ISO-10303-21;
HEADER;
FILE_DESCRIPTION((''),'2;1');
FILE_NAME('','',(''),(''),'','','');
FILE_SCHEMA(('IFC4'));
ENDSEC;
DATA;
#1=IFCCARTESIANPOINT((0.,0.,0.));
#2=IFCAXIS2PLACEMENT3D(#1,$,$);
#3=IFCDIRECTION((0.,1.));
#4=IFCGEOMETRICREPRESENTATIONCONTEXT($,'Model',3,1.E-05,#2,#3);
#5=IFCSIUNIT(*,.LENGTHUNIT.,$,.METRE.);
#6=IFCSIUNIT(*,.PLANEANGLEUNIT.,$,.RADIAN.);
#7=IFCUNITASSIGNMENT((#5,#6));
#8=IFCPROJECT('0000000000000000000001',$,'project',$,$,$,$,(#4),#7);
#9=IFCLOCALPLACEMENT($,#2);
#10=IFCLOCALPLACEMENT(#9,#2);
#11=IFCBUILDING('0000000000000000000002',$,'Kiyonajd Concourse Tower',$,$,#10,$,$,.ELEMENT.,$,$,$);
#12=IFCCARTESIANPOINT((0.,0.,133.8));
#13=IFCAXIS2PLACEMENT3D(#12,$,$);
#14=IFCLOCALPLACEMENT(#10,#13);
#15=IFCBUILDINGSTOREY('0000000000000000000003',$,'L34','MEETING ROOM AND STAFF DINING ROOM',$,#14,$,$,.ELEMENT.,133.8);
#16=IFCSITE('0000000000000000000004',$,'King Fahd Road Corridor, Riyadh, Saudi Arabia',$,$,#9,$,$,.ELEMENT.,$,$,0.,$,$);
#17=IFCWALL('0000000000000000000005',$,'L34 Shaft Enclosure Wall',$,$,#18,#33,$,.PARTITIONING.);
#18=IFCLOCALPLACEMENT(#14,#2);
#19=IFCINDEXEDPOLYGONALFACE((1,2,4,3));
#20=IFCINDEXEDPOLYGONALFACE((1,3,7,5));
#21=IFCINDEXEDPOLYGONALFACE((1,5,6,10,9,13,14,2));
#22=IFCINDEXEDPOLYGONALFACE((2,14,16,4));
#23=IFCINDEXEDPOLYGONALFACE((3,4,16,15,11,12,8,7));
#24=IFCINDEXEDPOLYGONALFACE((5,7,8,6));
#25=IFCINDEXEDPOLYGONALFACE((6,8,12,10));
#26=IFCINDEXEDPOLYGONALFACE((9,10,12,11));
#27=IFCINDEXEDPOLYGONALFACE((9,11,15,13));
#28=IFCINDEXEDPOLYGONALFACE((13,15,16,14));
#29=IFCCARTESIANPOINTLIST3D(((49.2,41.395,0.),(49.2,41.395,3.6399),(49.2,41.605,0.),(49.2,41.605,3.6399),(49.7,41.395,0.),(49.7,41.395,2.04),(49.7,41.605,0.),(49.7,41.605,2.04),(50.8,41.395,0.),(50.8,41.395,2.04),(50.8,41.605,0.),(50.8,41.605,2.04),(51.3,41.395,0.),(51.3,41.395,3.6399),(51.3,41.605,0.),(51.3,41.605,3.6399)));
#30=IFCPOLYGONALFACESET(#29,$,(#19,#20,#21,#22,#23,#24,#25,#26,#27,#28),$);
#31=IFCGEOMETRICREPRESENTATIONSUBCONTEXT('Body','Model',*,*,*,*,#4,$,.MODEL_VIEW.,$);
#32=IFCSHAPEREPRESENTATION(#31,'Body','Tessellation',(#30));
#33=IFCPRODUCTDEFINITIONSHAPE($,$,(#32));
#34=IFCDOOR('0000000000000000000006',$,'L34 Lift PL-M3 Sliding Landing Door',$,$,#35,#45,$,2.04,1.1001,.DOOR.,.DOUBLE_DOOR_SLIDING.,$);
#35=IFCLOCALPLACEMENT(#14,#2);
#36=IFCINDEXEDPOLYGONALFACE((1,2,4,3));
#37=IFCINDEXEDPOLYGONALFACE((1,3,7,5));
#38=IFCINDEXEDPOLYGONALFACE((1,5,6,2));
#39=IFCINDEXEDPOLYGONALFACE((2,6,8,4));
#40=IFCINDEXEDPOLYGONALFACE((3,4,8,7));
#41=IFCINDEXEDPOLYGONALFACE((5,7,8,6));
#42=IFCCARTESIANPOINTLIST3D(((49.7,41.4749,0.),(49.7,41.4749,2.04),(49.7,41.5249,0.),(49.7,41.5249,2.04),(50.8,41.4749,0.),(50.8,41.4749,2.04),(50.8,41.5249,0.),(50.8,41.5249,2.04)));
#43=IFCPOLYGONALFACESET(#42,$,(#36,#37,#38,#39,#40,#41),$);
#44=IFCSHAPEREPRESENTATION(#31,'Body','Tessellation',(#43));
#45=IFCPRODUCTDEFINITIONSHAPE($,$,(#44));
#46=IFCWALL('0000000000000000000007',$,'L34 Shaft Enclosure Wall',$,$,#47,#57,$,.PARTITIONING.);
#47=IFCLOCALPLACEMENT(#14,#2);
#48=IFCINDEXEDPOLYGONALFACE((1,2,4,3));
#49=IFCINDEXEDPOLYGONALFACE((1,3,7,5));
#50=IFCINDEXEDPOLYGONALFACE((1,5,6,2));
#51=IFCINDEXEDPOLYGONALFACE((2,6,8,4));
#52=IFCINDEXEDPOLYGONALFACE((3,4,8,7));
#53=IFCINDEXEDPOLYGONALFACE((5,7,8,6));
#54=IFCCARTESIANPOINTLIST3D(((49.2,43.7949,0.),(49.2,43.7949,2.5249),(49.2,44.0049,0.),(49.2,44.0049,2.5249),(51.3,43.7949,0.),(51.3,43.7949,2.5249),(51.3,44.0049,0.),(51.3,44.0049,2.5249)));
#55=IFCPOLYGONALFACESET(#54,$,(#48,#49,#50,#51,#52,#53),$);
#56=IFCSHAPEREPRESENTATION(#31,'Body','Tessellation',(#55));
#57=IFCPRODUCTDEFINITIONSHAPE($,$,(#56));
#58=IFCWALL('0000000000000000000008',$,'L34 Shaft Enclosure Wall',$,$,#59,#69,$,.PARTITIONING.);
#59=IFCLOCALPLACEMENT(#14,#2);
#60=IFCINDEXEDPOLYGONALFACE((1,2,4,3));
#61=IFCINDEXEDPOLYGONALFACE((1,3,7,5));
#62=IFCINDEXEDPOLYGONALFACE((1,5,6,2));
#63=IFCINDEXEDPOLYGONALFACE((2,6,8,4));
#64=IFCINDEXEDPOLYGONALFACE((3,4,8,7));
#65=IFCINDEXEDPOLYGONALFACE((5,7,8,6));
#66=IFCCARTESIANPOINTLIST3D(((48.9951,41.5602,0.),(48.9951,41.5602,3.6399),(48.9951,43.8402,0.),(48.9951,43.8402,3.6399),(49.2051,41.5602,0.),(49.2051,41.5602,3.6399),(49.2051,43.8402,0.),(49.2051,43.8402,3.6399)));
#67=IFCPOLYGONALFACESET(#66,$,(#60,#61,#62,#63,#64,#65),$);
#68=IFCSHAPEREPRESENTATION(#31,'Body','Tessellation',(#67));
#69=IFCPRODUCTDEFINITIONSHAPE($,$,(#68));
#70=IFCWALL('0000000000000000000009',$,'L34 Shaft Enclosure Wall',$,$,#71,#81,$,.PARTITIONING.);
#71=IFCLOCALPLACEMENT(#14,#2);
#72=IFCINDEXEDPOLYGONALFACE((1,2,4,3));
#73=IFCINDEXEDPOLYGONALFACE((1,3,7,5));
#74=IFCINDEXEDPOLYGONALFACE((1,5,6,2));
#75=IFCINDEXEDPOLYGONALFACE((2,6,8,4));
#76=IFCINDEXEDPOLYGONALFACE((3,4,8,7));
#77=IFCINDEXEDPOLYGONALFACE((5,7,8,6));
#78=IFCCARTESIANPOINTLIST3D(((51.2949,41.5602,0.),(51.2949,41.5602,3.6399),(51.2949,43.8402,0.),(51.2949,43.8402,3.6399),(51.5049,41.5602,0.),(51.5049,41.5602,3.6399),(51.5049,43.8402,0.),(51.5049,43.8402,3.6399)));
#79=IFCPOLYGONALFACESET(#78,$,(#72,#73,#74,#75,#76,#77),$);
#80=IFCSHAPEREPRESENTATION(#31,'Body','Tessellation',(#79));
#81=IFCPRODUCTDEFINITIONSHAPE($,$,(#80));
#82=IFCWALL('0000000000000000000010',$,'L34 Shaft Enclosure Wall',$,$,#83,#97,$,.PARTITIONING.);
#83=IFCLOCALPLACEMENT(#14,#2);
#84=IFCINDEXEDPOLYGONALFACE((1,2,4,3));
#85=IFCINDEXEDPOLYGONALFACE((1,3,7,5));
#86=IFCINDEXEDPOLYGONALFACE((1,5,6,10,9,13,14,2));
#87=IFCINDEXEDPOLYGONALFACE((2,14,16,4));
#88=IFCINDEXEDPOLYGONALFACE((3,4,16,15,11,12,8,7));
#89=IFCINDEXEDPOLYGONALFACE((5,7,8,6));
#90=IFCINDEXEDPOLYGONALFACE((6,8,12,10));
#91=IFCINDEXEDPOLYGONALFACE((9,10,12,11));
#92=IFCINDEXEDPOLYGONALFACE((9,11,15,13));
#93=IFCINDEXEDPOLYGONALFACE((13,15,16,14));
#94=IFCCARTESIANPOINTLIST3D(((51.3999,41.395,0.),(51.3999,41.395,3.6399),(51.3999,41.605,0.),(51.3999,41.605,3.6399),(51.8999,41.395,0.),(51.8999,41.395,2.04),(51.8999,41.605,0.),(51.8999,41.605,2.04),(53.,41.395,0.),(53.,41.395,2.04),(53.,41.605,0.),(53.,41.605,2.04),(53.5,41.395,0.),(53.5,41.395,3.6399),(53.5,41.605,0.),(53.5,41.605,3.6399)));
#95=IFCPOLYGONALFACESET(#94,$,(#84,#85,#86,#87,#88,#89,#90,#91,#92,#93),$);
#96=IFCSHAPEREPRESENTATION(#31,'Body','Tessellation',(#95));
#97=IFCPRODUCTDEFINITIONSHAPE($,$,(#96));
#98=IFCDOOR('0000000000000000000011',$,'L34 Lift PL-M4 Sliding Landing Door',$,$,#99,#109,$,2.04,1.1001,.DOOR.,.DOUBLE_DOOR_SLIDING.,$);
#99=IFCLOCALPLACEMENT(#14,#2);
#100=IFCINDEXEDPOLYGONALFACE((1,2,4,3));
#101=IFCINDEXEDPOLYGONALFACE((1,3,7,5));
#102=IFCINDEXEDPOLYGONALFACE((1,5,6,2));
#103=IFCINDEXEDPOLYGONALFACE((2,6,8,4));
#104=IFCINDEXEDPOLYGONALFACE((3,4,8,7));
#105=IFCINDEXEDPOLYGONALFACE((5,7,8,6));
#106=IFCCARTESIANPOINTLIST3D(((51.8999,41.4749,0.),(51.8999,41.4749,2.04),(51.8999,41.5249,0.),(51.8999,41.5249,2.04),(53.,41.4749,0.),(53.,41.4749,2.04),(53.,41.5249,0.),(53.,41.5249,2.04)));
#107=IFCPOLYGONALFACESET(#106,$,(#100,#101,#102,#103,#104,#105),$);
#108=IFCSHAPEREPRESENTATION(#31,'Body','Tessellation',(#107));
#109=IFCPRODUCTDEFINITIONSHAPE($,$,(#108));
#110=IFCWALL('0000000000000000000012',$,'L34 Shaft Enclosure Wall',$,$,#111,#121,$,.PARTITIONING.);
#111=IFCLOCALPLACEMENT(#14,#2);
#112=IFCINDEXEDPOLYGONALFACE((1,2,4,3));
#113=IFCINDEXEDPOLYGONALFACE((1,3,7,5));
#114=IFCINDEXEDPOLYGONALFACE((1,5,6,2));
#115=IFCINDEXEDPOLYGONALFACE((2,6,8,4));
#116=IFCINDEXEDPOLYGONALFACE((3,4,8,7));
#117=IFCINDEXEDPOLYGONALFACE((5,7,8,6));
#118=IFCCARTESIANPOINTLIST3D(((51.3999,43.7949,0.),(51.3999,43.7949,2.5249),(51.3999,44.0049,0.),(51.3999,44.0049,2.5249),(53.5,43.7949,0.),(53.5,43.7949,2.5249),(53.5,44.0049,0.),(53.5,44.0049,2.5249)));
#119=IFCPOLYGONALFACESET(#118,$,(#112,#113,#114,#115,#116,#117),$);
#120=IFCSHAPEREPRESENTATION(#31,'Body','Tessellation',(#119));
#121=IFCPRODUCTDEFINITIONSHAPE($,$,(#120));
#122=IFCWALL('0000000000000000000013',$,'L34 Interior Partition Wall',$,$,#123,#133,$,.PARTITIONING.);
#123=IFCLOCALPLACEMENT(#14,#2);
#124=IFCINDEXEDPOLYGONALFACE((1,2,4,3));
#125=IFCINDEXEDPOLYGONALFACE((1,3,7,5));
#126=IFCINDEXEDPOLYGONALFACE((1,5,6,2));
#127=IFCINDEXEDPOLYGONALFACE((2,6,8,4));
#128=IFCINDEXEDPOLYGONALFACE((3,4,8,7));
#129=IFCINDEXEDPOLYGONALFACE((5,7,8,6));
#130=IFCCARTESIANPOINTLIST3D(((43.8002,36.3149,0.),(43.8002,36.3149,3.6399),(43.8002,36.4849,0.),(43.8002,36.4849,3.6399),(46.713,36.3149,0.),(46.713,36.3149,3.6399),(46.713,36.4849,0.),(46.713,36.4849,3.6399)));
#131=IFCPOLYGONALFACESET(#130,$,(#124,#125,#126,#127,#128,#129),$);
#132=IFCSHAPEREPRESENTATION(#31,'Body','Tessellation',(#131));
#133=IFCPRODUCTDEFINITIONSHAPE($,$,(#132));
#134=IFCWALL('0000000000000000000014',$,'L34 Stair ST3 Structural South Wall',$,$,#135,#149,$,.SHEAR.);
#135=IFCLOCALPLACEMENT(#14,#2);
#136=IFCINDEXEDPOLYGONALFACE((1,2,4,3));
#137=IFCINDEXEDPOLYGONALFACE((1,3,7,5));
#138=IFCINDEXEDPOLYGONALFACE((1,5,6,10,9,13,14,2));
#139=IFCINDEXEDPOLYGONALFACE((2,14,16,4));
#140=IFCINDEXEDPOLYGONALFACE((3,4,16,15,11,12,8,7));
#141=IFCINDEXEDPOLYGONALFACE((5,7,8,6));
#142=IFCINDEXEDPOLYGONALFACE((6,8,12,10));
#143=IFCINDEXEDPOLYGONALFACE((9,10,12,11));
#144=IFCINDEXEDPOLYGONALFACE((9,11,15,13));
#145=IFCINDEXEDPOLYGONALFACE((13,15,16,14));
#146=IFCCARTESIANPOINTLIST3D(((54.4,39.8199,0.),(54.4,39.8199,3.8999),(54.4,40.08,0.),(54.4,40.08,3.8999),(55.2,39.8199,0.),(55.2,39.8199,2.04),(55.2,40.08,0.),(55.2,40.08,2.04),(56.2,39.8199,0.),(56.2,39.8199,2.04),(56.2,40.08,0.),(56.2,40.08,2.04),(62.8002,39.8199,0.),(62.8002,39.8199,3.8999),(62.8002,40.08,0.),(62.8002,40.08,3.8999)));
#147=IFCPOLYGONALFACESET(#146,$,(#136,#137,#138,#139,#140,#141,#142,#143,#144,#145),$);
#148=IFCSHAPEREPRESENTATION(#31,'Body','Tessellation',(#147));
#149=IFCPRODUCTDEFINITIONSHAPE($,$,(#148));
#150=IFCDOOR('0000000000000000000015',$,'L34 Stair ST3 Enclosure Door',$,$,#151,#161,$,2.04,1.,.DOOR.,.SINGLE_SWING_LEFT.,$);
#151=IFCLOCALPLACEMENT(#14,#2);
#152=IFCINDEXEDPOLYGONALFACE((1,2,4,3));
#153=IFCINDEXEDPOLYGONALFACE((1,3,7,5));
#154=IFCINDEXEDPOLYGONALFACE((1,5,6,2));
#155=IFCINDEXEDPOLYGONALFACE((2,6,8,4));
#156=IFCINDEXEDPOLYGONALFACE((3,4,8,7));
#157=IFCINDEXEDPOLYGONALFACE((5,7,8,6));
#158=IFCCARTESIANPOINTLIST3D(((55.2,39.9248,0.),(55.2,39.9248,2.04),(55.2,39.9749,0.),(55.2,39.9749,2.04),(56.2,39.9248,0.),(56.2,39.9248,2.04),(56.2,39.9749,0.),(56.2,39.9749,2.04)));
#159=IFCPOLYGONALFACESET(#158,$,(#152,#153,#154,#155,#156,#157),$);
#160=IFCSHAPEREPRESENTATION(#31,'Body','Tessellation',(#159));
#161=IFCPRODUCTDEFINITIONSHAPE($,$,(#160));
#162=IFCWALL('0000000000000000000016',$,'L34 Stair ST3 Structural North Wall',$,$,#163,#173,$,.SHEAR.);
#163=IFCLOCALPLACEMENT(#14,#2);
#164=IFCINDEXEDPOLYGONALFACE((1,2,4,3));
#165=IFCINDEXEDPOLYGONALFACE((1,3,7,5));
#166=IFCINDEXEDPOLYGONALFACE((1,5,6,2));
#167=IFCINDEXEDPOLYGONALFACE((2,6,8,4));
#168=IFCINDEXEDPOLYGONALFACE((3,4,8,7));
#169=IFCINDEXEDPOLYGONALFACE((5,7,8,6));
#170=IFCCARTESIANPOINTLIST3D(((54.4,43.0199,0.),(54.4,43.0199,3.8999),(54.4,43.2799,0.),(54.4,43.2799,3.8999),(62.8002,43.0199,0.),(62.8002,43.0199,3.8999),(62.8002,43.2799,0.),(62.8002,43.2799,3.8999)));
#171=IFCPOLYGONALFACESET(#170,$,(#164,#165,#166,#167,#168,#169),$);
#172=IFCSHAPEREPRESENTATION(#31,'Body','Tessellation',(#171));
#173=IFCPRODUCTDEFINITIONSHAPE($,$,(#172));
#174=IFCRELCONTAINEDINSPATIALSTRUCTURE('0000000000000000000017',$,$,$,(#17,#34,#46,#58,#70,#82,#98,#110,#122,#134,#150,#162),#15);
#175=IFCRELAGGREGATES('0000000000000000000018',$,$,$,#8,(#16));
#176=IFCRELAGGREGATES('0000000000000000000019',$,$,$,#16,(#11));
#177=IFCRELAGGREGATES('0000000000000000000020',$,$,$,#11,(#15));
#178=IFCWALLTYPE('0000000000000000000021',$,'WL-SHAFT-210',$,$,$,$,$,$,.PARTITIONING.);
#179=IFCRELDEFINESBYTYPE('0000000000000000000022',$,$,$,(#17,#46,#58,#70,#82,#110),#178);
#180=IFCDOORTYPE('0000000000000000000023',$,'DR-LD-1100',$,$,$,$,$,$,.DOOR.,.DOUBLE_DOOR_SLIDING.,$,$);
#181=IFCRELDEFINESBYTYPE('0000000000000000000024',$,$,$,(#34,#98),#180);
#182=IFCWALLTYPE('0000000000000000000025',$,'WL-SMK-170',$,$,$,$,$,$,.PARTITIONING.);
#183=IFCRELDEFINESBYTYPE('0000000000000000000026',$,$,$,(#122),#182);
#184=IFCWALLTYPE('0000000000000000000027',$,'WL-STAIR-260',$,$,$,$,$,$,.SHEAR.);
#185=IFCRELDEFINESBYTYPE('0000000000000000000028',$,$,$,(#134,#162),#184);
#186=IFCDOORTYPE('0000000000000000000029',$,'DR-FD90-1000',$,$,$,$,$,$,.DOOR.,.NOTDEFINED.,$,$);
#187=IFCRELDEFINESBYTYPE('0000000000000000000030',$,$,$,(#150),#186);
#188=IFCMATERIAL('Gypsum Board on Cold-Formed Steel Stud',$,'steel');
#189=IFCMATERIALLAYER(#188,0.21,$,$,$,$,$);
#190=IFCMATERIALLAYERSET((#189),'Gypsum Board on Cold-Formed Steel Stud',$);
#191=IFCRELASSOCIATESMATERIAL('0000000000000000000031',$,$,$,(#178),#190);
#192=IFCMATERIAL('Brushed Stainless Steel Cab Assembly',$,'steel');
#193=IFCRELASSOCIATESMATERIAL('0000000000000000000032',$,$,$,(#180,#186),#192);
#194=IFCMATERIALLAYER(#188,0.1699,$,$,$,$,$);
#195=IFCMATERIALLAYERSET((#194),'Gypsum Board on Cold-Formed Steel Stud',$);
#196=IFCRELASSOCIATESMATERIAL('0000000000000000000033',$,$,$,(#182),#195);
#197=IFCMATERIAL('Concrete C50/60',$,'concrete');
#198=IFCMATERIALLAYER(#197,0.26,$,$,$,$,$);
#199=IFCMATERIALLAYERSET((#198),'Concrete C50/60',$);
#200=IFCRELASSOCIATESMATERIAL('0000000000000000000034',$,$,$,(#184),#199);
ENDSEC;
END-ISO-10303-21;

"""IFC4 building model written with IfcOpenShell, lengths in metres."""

from ifc_helpers import new_model, si_unit, direction, frame, frame_2d, origin, place, context, subcontext, project, spatial, rectangle, extrude, material, layer, layer_set, type_object, element, fill, save


model = new_model("IFC4")

# Units and contexts
model_context = context("Model", 3, precision=1e-05, world=origin(), true_north=direction((0.0, 1.0)))
body_context = subcontext(model_context, "Body", "Model", "MODEL_VIEW")
ifc_project = project(units=[si_unit("LENGTHUNIT", "METRE"), si_unit("PLANEANGLEUNIT", "RADIAN")], contexts=[model_context])

# Site, building, storey
site_placement = place(None, origin())
site = spatial("IfcSite", under=ifc_project, at=site_placement, Name="King Fahd Road Corridor, Riyadh, Saudi Arabia", CompositionType="ELEMENT", RefElevation=0.0)
building_placement = place(site_placement, origin())
building = spatial("IfcBuilding", under=site, at=building_placement, Name="Kiyonajd Concourse Tower", CompositionType="ELEMENT")
storey_placement = place(building_placement, frame((0.0, 0.0, 133.8)))
storey = spatial("IfcBuildingStorey", under=building, at=storey_placement, Name="L34", Description="MEETING ROOM AND STAFF DINING ROOM", CompositionType="ELEMENT", Elevation=133.8)

# Shared definitions
ifc_material_1 = material(Name="Concrete C50/60", Category="concrete")

# Shared definitions
ifc_material_2 = material(Name="Gypsum Board on Cold-Formed Steel Stud", Category="steel")
ifc_layer_1 = layer(ifc_material_2, 0.21)
ifc_layer_set_1 = layer_set([ifc_layer_1], Name="Gypsum Board on Cold-Formed Steel Stud")
wall_type_1 = type_object("IfcWallType", Name="WL-SHAFT-210", PredefinedType="PARTITIONING", material=ifc_layer_set_1)

# Shared definitions
ifc_material_3 = material(Name="Brushed Stainless Steel Cab Assembly", Category="steel")
door_type_1 = type_object("IfcDoorType", Name="DR-LD-1100", OperationType="DOUBLE_DOOR_SLIDING", PredefinedType="DOOR", material=ifc_material_3)

# Wall, opening, door
wall_1_placement = place(storey_placement, frame((49.2, 41.5, 0.0), z_axis=(0.0, 0.0, 1.0), x_axis=(1.0, 0.0, 0.0)))
wall_1 = element("IfcWall", 1, at=wall_1_placement, inside=storey, type_object=wall_type_1, Name="L34 Shaft Enclosure Wall", PredefinedType="PARTITIONING", context=body_context, shape_type="SweptSolid", body=[
    extrude(rectangle(XDim=2.1001, YDim=0.21, at=frame_2d((1.05, 0.0))), origin(), (0.0, 0.0, 1.0), 3.6399),
])
opening_1_placement = place(wall_1_placement, frame((0.5, 0.0, 0.0)))
opening_1 = element("IfcOpeningElement", 2, at=opening_1_placement, cuts=wall_1, PredefinedType="OPENING", context=body_context, shape_type="SweptSolid", body=[
    extrude(rectangle(XDim=1.1001, YDim=2.04, at=frame_2d((0.55, 1.02))), frame((0.0, 0.115, 0.0), z_axis=(0.0, -1.0, 0.0), x_axis=(1.0, 0.0, 0.0)), (0.0, 0.0, 1.0), 0.23),
])
door_1_placement = place(opening_1_placement, origin())
door_1 = element("IfcDoor", 3, at=door_1_placement, inside=storey, type_object=door_type_1, Name="L34 Lift PL-M3 Sliding Landing Door", OperationType="DOUBLE_DOOR_SLIDING", OverallHeight=2.04, OverallWidth=1.1001, PredefinedType="DOOR", context=body_context, shape_type="SweptSolid", body=[
    extrude(rectangle(XDim=1.1001, YDim=2.04, at=frame_2d((0.55, 1.02))), frame((0.0, 0.0249, 0.0), z_axis=(0.0, -1.0, 0.0), x_axis=(1.0, 0.0, 0.0)), (0.0, 0.0, 1.0), 0.05),
])
fill(opening_1, door_1)

# Walls
wall_2_placement = place(storey_placement, frame((49.2, 43.8999, 0.0), z_axis=(0.0, 0.0, 1.0), x_axis=(1.0, 0.0, 0.0)))
element("IfcWall", 4, at=wall_2_placement, inside=storey, type_object=wall_type_1, Name="L34 Shaft Enclosure Wall", PredefinedType="PARTITIONING", context=body_context, shape_type="SweptSolid", body=[
    extrude(rectangle(XDim=2.1001, YDim=0.21, at=frame_2d((1.05, 0.0))), origin(), (0.0, 0.0, 1.0), 2.5249),
])
for number, where, z_axis, x_axis, name in (
    (5, (49.1001, 41.5601, 0.0), (0.0, 0.0, 1.0), (0.0, 1.0, 0.0), "L34 Shaft Enclosure Wall"),
    (6, (51.3999, 41.5601, 0.0), (0.0, 0.0, 1.0), (0.0, 1.0, 0.0), "L34 Shaft Enclosure Wall"),
):
    element("IfcWall", number, at=place(storey_placement, frame(where, z_axis=z_axis, x_axis=x_axis)), inside=storey, type_object=wall_type_1, Name=name, PredefinedType="PARTITIONING", context=body_context, shape_type="SweptSolid", body=[
        extrude(rectangle(XDim=2.28, YDim=0.21, at=frame_2d((1.1401, 0.0))), origin(), (0.0, 0.0, 1.0), 3.6399),
    ])

# Wall, opening, door
wall_3_placement = place(storey_placement, frame((51.3999, 41.5, 0.0), z_axis=(0.0, 0.0, 1.0), x_axis=(1.0, 0.0, 0.0)))
wall_3 = element("IfcWall", 7, at=wall_3_placement, inside=storey, type_object=wall_type_1, Name="L34 Shaft Enclosure Wall", PredefinedType="PARTITIONING", context=body_context, shape_type="SweptSolid", body=[
    extrude(rectangle(XDim=2.1001, YDim=0.21, at=frame_2d((1.05, 0.0))), origin(), (0.0, 0.0, 1.0), 3.6399),
])
opening_2_placement = place(wall_3_placement, frame((0.5, 0.0, 0.0)))
opening_2 = element("IfcOpeningElement", 8, at=opening_2_placement, cuts=wall_3, PredefinedType="OPENING", context=body_context, shape_type="SweptSolid", body=[
    extrude(rectangle(XDim=1.1001, YDim=2.04, at=frame_2d((0.55, 1.02))), frame((0.0, 0.115, 0.0), z_axis=(0.0, -1.0, 0.0), x_axis=(1.0, 0.0, 0.0)), (0.0, 0.0, 1.0), 0.23),
])
door_2_placement = place(opening_2_placement, origin())
door_2 = element("IfcDoor", 9, at=door_2_placement, inside=storey, type_object=door_type_1, Name="L34 Lift PL-M4 Sliding Landing Door", OperationType="DOUBLE_DOOR_SLIDING", OverallHeight=2.04, OverallWidth=1.1001, PredefinedType="DOOR", context=body_context, shape_type="SweptSolid", body=[
    extrude(rectangle(XDim=1.1001, YDim=2.04, at=frame_2d((0.55, 1.02))), frame((0.0, 0.0249, 0.0), z_axis=(0.0, -1.0, 0.0), x_axis=(1.0, 0.0, 0.0)), (0.0, 0.0, 1.0), 0.05),
])
fill(opening_2, door_2)

# Walls
wall_4_placement = place(storey_placement, frame((51.3999, 43.8999, 0.0), z_axis=(0.0, 0.0, 1.0), x_axis=(1.0, 0.0, 0.0)))
element("IfcWall", 10, at=wall_4_placement, inside=storey, type_object=wall_type_1, Name="L34 Shaft Enclosure Wall", PredefinedType="PARTITIONING", context=body_context, shape_type="SweptSolid", body=[
    extrude(rectangle(XDim=2.1001, YDim=0.21, at=frame_2d((1.05, 0.0))), origin(), (0.0, 0.0, 1.0), 2.5249),
])
ifc_layer_2 = layer(ifc_material_2, 0.1699)
ifc_layer_set_2 = layer_set([ifc_layer_2], Name="Gypsum Board on Cold-Formed Steel Stud")
wall_type_2 = type_object("IfcWallType", Name="WL-SMK-170", PredefinedType="PARTITIONING", material=ifc_layer_set_2)
wall_5_placement = place(storey_placement, frame((43.8, 36.3999, 0.0), z_axis=(0.0, 0.0, 1.0), x_axis=(1.0, 0.0, 0.0)))
element("IfcWall", 11, at=wall_5_placement, inside=storey, type_object=wall_type_2, Name="L34 Interior Partition Wall", PredefinedType="PARTITIONING", context=body_context, shape_type="SweptSolid", body=[
    extrude(rectangle(XDim=2.9128, YDim=0.1699, at=frame_2d((1.4565, 0.0))), origin(), (0.0, 0.0, 1.0), 3.6399),
])

# Wall, opening, door
ifc_layer_3 = layer(ifc_material_1, 0.26)
ifc_layer_set_3 = layer_set([ifc_layer_3], Name="Concrete C50/60")
wall_type_3 = type_object("IfcWallType", Name="WL-STAIR-260", PredefinedType="SHEAR", material=ifc_layer_set_3)
wall_6_placement = place(storey_placement, frame((54.3999, 39.95, 0.0), z_axis=(0.0, 0.0, 1.0), x_axis=(1.0, 0.0, 0.0)))
wall_6 = element("IfcWall", 12, at=wall_6_placement, inside=storey, type_object=wall_type_3, Name="L34 Stair ST3 Structural South Wall", PredefinedType="SHEAR", context=body_context, shape_type="SweptSolid", body=[
    extrude(rectangle(XDim=8.4001, YDim=0.26, at=frame_2d((4.2002, 0.0))), origin(), (0.0, 0.0, 1.0), 3.8999),
])
opening_3_placement = place(wall_6_placement, frame((0.8, 0.0, 0.0)))
opening_3 = element("IfcOpeningElement", 13, at=opening_3_placement, cuts=wall_6, PredefinedType="OPENING", context=body_context, shape_type="SweptSolid", body=[
    extrude(rectangle(XDim=1.0, YDim=2.04, at=frame_2d((0.5, 1.02))), frame((0.0, 0.1399, 0.0), z_axis=(0.0, -1.0, 0.0), x_axis=(1.0, 0.0, 0.0)), (0.0, 0.0, 1.0), 0.28),
])
door_type_2 = type_object("IfcDoorType", Name="DR-FD90-1000", OperationType="NOTDEFINED", PredefinedType="DOOR", material=ifc_material_3)
door_3_placement = place(opening_3_placement, origin())
door_3 = element("IfcDoor", 14, at=door_3_placement, inside=storey, type_object=door_type_2, Name="L34 Stair ST3 Enclosure Door", OperationType="SINGLE_SWING_LEFT", OverallHeight=2.04, OverallWidth=1.0, PredefinedType="DOOR", context=body_context, shape_type="SweptSolid", body=[
    extrude(rectangle(XDim=1.0, YDim=2.04, at=frame_2d((0.5, 1.02))), frame((0.0, 0.0249, 0.0), z_axis=(0.0, -1.0, 0.0), x_axis=(1.0, 0.0, 0.0)), (0.0, 0.0, 1.0), 0.05),
])
fill(opening_3, door_3)

# Wall
wall_7_placement = place(storey_placement, frame((54.3999, 43.1499, 0.0), z_axis=(0.0, 0.0, 1.0), x_axis=(1.0, 0.0, 0.0)))
element("IfcWall", 15, at=wall_7_placement, inside=storey, type_object=wall_type_3, Name="L34 Stair ST3 Structural North Wall", PredefinedType="SHEAR", context=body_context, shape_type="SweptSolid", body=[
    extrude(rectangle(XDim=8.4001, YDim=0.26, at=frame_2d((4.2002, 0.0))), origin(), (0.0, 0.0, 1.0), 3.8999),
])

save(model, "model.ifc")
